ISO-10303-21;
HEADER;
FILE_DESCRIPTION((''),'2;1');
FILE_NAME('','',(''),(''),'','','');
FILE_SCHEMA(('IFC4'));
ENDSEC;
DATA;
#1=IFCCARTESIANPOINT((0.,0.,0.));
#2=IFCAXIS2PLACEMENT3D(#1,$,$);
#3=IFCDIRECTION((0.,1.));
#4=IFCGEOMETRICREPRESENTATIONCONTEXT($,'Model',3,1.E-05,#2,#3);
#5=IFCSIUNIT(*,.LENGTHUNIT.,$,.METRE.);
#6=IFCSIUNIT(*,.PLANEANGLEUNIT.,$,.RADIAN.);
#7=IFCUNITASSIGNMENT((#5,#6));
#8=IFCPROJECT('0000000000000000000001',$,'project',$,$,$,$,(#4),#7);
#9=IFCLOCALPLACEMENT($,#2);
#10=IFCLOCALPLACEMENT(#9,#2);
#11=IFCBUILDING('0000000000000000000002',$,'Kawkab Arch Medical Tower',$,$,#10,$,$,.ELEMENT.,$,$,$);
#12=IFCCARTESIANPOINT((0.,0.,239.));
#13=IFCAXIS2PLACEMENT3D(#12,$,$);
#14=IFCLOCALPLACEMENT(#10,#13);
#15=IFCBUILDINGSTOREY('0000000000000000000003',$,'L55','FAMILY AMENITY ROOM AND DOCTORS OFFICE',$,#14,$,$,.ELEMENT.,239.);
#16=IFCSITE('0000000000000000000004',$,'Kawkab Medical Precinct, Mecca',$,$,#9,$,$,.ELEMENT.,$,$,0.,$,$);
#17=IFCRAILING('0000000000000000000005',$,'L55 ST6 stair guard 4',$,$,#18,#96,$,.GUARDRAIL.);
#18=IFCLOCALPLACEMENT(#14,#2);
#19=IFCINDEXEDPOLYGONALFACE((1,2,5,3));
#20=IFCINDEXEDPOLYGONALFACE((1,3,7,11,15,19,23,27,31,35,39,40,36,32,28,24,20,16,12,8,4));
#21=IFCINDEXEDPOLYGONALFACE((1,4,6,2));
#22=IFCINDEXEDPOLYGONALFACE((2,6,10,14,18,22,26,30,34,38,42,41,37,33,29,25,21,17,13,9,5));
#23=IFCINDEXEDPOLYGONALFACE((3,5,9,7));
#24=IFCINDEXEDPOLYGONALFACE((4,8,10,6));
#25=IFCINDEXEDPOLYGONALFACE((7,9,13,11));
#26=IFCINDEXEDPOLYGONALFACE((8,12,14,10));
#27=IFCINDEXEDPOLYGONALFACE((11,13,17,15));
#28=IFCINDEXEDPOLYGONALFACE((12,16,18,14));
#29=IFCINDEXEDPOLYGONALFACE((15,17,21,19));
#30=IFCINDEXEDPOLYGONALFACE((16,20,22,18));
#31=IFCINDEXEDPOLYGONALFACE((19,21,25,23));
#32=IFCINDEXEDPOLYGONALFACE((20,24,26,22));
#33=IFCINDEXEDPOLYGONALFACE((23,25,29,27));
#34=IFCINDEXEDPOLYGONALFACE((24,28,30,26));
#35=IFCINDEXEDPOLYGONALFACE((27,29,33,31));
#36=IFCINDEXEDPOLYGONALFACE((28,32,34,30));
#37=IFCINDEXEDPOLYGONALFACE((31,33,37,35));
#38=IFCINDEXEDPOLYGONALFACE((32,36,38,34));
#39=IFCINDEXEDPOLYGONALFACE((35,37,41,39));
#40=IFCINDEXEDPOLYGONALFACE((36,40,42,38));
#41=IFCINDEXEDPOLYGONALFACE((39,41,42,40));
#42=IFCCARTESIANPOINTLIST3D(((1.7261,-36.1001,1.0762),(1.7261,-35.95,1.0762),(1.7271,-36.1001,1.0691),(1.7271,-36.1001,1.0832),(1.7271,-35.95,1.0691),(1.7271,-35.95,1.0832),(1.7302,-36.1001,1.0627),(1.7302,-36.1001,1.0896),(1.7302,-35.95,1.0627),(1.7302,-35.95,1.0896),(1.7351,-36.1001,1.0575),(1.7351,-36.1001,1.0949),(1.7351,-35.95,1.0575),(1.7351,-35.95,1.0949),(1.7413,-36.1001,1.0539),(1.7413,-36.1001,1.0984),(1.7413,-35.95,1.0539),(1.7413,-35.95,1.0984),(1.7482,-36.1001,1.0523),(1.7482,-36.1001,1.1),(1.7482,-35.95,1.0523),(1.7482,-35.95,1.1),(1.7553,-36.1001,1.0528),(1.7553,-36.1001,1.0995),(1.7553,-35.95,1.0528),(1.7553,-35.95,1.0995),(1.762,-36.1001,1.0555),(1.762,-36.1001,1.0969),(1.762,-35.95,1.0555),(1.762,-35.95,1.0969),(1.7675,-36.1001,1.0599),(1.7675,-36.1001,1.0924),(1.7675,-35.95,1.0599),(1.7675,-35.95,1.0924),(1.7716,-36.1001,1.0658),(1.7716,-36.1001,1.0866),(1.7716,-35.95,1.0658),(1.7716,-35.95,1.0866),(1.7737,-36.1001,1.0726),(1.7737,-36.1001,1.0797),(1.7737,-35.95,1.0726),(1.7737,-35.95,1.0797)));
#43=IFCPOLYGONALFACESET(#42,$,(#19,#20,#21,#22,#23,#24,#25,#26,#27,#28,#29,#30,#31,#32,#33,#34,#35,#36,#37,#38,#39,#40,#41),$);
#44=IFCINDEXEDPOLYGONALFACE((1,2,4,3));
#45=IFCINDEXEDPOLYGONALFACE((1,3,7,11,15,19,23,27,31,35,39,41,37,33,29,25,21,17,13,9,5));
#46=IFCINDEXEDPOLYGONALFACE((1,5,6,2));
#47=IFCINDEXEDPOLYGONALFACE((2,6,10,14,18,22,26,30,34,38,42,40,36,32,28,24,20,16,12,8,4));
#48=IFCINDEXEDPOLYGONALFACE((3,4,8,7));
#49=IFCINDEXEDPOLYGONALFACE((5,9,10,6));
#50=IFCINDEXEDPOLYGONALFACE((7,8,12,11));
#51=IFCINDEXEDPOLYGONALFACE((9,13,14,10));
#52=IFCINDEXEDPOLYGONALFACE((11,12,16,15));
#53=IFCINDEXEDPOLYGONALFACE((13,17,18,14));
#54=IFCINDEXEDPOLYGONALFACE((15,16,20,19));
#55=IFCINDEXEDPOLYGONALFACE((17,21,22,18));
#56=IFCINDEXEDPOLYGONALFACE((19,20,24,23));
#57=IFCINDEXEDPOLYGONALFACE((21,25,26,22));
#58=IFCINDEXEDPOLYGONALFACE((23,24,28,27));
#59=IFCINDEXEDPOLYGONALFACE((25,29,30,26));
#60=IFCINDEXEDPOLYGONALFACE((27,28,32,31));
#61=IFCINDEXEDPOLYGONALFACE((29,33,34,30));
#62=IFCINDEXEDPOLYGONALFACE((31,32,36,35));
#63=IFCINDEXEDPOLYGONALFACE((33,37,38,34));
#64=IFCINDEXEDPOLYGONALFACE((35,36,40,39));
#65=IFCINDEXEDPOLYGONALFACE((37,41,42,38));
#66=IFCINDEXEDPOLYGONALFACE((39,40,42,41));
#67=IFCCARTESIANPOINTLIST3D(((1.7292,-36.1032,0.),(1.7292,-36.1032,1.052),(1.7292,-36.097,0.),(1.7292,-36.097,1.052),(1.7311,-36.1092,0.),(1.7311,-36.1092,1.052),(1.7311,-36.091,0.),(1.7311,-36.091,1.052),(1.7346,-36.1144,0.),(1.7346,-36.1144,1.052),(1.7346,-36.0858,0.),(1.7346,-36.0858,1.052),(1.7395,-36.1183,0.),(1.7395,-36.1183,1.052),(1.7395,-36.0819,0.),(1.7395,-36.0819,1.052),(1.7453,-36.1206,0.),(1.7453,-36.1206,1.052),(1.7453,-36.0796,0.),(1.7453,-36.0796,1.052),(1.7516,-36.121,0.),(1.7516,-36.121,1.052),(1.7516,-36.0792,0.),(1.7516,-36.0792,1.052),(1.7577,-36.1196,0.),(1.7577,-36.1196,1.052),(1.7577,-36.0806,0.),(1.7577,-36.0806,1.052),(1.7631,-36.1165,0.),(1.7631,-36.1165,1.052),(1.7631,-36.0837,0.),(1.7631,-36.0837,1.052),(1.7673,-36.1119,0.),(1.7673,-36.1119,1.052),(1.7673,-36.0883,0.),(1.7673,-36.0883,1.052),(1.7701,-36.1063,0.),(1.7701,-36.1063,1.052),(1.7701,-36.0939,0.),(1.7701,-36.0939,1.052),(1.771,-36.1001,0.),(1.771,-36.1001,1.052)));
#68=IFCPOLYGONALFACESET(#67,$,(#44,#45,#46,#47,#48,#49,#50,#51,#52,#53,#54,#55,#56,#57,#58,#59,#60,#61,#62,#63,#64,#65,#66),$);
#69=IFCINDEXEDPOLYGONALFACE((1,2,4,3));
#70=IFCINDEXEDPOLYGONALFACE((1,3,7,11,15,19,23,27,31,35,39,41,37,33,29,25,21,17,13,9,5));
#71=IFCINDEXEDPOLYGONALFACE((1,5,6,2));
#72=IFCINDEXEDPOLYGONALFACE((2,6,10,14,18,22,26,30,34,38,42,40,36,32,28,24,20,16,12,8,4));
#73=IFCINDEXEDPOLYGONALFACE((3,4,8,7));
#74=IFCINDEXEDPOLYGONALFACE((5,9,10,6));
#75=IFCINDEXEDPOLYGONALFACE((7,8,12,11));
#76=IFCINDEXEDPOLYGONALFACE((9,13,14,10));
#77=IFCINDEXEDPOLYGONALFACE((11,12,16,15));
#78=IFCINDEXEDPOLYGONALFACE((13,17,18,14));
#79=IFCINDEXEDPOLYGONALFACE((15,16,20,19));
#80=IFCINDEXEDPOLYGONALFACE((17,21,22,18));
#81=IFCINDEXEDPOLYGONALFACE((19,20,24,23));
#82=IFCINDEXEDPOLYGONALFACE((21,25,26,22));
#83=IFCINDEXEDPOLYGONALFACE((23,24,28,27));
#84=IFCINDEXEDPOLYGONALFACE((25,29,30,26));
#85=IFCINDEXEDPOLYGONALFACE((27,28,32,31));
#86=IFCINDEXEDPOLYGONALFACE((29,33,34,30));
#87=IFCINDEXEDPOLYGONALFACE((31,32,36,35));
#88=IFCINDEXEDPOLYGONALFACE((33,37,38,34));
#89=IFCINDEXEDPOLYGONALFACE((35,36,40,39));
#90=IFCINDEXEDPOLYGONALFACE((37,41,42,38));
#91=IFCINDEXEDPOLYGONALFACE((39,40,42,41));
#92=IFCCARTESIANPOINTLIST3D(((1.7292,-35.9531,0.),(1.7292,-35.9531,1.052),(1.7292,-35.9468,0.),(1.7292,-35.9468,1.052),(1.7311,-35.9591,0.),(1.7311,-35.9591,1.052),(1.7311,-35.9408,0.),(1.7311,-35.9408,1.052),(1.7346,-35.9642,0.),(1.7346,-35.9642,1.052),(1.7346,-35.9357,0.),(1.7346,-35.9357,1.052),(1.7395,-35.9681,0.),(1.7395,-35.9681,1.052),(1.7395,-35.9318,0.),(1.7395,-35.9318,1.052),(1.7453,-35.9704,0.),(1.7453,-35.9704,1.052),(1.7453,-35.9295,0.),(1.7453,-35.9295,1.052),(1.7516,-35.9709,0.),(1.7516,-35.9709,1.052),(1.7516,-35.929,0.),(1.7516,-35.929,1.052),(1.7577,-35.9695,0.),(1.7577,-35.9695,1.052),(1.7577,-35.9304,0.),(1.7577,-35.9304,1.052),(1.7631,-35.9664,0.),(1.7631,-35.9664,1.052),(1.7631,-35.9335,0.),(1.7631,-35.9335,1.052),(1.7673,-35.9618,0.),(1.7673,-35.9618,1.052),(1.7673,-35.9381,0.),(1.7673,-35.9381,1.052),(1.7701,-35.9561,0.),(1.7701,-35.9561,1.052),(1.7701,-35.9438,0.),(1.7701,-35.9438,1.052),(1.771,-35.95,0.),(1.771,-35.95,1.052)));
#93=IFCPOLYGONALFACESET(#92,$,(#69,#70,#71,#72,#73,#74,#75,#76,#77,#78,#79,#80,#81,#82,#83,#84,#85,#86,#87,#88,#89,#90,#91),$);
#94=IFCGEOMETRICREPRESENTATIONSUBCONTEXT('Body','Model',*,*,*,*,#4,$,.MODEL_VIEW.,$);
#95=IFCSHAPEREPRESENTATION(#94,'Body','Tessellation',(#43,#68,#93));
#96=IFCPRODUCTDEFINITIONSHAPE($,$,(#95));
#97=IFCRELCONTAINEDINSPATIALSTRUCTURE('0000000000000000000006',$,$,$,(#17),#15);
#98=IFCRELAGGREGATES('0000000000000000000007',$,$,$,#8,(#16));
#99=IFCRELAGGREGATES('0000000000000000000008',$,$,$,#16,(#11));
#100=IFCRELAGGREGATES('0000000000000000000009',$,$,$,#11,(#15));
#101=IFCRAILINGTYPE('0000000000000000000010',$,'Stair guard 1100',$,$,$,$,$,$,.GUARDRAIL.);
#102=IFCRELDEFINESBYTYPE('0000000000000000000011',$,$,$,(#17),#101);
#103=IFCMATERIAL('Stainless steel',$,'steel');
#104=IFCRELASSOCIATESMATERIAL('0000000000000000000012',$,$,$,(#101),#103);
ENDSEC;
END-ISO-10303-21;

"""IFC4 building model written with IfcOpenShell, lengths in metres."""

from ifc_helpers import new_model, si_unit, direction, frame, origin, origin_2d, place, context, subcontext, project, spatial, circle, extrude, material, type_object, element, save


model = new_model("IFC4")

# Units and contexts
model_context = context("Model", 3, precision=1e-05, world=origin(), true_north=direction((0.0, 1.0)))
body_context = subcontext(model_context, "Body", "Model", "MODEL_VIEW")
ifc_project = project(units=[si_unit("LENGTHUNIT", "METRE"), si_unit("PLANEANGLEUNIT", "RADIAN")], contexts=[model_context])

# Site, building, storey
site_placement = place(None, origin())
site = spatial("IfcSite", under=ifc_project, at=site_placement, Name="Kawkab Medical Precinct, Mecca", CompositionType="ELEMENT", RefElevation=0.0)
building_placement = place(site_placement, origin())
building = spatial("IfcBuilding", under=site, at=building_placement, Name="Kawkab Arch Medical Tower", CompositionType="ELEMENT")
storey_placement = place(building_placement, frame((0.0, 0.0, 239.0)))
storey = spatial("IfcBuildingStorey", under=building, at=storey_placement, Name="L55", Description="FAMILY AMENITY ROOM AND DOCTORS OFFICE", CompositionType="ELEMENT", Elevation=239.0)

# Railing
ifc_material_1 = material(Name="Stainless steel", Category="steel")
railing_type_1 = type_object("IfcRailingType", Name="Stair guard 1100", PredefinedType="GUARDRAIL", material=ifc_material_1)
railing_1_placement = place(storey_placement, frame((1.75, -36.1001, 0.0)))
element("IfcRailing", 1, at=railing_1_placement, inside=storey, type_object=railing_type_1, Name="L55 ST6 stair guard 4", PredefinedType="GUARDRAIL", context=body_context, shape_type="SweptSolid", body=[
    extrude(circle(Radius=0.0239, at=origin_2d()), frame((0.0, 0.0, 1.0762), z_axis=(0.0, 1.0, 0.0), x_axis=(-1.0, 0.0, 0.0)), (0.0, 0.0, 1.0), 0.1501),
    extrude(circle(Radius=0.021, at=origin_2d()), origin(), (0.0, 0.0, 1.0), 1.052),
    extrude(circle(Radius=0.021, at=origin_2d()), frame((0.0, 0.1501, 0.0)), (0.0, 0.0, 1.0), 1.052),
])

save(model, "model.ifc")
